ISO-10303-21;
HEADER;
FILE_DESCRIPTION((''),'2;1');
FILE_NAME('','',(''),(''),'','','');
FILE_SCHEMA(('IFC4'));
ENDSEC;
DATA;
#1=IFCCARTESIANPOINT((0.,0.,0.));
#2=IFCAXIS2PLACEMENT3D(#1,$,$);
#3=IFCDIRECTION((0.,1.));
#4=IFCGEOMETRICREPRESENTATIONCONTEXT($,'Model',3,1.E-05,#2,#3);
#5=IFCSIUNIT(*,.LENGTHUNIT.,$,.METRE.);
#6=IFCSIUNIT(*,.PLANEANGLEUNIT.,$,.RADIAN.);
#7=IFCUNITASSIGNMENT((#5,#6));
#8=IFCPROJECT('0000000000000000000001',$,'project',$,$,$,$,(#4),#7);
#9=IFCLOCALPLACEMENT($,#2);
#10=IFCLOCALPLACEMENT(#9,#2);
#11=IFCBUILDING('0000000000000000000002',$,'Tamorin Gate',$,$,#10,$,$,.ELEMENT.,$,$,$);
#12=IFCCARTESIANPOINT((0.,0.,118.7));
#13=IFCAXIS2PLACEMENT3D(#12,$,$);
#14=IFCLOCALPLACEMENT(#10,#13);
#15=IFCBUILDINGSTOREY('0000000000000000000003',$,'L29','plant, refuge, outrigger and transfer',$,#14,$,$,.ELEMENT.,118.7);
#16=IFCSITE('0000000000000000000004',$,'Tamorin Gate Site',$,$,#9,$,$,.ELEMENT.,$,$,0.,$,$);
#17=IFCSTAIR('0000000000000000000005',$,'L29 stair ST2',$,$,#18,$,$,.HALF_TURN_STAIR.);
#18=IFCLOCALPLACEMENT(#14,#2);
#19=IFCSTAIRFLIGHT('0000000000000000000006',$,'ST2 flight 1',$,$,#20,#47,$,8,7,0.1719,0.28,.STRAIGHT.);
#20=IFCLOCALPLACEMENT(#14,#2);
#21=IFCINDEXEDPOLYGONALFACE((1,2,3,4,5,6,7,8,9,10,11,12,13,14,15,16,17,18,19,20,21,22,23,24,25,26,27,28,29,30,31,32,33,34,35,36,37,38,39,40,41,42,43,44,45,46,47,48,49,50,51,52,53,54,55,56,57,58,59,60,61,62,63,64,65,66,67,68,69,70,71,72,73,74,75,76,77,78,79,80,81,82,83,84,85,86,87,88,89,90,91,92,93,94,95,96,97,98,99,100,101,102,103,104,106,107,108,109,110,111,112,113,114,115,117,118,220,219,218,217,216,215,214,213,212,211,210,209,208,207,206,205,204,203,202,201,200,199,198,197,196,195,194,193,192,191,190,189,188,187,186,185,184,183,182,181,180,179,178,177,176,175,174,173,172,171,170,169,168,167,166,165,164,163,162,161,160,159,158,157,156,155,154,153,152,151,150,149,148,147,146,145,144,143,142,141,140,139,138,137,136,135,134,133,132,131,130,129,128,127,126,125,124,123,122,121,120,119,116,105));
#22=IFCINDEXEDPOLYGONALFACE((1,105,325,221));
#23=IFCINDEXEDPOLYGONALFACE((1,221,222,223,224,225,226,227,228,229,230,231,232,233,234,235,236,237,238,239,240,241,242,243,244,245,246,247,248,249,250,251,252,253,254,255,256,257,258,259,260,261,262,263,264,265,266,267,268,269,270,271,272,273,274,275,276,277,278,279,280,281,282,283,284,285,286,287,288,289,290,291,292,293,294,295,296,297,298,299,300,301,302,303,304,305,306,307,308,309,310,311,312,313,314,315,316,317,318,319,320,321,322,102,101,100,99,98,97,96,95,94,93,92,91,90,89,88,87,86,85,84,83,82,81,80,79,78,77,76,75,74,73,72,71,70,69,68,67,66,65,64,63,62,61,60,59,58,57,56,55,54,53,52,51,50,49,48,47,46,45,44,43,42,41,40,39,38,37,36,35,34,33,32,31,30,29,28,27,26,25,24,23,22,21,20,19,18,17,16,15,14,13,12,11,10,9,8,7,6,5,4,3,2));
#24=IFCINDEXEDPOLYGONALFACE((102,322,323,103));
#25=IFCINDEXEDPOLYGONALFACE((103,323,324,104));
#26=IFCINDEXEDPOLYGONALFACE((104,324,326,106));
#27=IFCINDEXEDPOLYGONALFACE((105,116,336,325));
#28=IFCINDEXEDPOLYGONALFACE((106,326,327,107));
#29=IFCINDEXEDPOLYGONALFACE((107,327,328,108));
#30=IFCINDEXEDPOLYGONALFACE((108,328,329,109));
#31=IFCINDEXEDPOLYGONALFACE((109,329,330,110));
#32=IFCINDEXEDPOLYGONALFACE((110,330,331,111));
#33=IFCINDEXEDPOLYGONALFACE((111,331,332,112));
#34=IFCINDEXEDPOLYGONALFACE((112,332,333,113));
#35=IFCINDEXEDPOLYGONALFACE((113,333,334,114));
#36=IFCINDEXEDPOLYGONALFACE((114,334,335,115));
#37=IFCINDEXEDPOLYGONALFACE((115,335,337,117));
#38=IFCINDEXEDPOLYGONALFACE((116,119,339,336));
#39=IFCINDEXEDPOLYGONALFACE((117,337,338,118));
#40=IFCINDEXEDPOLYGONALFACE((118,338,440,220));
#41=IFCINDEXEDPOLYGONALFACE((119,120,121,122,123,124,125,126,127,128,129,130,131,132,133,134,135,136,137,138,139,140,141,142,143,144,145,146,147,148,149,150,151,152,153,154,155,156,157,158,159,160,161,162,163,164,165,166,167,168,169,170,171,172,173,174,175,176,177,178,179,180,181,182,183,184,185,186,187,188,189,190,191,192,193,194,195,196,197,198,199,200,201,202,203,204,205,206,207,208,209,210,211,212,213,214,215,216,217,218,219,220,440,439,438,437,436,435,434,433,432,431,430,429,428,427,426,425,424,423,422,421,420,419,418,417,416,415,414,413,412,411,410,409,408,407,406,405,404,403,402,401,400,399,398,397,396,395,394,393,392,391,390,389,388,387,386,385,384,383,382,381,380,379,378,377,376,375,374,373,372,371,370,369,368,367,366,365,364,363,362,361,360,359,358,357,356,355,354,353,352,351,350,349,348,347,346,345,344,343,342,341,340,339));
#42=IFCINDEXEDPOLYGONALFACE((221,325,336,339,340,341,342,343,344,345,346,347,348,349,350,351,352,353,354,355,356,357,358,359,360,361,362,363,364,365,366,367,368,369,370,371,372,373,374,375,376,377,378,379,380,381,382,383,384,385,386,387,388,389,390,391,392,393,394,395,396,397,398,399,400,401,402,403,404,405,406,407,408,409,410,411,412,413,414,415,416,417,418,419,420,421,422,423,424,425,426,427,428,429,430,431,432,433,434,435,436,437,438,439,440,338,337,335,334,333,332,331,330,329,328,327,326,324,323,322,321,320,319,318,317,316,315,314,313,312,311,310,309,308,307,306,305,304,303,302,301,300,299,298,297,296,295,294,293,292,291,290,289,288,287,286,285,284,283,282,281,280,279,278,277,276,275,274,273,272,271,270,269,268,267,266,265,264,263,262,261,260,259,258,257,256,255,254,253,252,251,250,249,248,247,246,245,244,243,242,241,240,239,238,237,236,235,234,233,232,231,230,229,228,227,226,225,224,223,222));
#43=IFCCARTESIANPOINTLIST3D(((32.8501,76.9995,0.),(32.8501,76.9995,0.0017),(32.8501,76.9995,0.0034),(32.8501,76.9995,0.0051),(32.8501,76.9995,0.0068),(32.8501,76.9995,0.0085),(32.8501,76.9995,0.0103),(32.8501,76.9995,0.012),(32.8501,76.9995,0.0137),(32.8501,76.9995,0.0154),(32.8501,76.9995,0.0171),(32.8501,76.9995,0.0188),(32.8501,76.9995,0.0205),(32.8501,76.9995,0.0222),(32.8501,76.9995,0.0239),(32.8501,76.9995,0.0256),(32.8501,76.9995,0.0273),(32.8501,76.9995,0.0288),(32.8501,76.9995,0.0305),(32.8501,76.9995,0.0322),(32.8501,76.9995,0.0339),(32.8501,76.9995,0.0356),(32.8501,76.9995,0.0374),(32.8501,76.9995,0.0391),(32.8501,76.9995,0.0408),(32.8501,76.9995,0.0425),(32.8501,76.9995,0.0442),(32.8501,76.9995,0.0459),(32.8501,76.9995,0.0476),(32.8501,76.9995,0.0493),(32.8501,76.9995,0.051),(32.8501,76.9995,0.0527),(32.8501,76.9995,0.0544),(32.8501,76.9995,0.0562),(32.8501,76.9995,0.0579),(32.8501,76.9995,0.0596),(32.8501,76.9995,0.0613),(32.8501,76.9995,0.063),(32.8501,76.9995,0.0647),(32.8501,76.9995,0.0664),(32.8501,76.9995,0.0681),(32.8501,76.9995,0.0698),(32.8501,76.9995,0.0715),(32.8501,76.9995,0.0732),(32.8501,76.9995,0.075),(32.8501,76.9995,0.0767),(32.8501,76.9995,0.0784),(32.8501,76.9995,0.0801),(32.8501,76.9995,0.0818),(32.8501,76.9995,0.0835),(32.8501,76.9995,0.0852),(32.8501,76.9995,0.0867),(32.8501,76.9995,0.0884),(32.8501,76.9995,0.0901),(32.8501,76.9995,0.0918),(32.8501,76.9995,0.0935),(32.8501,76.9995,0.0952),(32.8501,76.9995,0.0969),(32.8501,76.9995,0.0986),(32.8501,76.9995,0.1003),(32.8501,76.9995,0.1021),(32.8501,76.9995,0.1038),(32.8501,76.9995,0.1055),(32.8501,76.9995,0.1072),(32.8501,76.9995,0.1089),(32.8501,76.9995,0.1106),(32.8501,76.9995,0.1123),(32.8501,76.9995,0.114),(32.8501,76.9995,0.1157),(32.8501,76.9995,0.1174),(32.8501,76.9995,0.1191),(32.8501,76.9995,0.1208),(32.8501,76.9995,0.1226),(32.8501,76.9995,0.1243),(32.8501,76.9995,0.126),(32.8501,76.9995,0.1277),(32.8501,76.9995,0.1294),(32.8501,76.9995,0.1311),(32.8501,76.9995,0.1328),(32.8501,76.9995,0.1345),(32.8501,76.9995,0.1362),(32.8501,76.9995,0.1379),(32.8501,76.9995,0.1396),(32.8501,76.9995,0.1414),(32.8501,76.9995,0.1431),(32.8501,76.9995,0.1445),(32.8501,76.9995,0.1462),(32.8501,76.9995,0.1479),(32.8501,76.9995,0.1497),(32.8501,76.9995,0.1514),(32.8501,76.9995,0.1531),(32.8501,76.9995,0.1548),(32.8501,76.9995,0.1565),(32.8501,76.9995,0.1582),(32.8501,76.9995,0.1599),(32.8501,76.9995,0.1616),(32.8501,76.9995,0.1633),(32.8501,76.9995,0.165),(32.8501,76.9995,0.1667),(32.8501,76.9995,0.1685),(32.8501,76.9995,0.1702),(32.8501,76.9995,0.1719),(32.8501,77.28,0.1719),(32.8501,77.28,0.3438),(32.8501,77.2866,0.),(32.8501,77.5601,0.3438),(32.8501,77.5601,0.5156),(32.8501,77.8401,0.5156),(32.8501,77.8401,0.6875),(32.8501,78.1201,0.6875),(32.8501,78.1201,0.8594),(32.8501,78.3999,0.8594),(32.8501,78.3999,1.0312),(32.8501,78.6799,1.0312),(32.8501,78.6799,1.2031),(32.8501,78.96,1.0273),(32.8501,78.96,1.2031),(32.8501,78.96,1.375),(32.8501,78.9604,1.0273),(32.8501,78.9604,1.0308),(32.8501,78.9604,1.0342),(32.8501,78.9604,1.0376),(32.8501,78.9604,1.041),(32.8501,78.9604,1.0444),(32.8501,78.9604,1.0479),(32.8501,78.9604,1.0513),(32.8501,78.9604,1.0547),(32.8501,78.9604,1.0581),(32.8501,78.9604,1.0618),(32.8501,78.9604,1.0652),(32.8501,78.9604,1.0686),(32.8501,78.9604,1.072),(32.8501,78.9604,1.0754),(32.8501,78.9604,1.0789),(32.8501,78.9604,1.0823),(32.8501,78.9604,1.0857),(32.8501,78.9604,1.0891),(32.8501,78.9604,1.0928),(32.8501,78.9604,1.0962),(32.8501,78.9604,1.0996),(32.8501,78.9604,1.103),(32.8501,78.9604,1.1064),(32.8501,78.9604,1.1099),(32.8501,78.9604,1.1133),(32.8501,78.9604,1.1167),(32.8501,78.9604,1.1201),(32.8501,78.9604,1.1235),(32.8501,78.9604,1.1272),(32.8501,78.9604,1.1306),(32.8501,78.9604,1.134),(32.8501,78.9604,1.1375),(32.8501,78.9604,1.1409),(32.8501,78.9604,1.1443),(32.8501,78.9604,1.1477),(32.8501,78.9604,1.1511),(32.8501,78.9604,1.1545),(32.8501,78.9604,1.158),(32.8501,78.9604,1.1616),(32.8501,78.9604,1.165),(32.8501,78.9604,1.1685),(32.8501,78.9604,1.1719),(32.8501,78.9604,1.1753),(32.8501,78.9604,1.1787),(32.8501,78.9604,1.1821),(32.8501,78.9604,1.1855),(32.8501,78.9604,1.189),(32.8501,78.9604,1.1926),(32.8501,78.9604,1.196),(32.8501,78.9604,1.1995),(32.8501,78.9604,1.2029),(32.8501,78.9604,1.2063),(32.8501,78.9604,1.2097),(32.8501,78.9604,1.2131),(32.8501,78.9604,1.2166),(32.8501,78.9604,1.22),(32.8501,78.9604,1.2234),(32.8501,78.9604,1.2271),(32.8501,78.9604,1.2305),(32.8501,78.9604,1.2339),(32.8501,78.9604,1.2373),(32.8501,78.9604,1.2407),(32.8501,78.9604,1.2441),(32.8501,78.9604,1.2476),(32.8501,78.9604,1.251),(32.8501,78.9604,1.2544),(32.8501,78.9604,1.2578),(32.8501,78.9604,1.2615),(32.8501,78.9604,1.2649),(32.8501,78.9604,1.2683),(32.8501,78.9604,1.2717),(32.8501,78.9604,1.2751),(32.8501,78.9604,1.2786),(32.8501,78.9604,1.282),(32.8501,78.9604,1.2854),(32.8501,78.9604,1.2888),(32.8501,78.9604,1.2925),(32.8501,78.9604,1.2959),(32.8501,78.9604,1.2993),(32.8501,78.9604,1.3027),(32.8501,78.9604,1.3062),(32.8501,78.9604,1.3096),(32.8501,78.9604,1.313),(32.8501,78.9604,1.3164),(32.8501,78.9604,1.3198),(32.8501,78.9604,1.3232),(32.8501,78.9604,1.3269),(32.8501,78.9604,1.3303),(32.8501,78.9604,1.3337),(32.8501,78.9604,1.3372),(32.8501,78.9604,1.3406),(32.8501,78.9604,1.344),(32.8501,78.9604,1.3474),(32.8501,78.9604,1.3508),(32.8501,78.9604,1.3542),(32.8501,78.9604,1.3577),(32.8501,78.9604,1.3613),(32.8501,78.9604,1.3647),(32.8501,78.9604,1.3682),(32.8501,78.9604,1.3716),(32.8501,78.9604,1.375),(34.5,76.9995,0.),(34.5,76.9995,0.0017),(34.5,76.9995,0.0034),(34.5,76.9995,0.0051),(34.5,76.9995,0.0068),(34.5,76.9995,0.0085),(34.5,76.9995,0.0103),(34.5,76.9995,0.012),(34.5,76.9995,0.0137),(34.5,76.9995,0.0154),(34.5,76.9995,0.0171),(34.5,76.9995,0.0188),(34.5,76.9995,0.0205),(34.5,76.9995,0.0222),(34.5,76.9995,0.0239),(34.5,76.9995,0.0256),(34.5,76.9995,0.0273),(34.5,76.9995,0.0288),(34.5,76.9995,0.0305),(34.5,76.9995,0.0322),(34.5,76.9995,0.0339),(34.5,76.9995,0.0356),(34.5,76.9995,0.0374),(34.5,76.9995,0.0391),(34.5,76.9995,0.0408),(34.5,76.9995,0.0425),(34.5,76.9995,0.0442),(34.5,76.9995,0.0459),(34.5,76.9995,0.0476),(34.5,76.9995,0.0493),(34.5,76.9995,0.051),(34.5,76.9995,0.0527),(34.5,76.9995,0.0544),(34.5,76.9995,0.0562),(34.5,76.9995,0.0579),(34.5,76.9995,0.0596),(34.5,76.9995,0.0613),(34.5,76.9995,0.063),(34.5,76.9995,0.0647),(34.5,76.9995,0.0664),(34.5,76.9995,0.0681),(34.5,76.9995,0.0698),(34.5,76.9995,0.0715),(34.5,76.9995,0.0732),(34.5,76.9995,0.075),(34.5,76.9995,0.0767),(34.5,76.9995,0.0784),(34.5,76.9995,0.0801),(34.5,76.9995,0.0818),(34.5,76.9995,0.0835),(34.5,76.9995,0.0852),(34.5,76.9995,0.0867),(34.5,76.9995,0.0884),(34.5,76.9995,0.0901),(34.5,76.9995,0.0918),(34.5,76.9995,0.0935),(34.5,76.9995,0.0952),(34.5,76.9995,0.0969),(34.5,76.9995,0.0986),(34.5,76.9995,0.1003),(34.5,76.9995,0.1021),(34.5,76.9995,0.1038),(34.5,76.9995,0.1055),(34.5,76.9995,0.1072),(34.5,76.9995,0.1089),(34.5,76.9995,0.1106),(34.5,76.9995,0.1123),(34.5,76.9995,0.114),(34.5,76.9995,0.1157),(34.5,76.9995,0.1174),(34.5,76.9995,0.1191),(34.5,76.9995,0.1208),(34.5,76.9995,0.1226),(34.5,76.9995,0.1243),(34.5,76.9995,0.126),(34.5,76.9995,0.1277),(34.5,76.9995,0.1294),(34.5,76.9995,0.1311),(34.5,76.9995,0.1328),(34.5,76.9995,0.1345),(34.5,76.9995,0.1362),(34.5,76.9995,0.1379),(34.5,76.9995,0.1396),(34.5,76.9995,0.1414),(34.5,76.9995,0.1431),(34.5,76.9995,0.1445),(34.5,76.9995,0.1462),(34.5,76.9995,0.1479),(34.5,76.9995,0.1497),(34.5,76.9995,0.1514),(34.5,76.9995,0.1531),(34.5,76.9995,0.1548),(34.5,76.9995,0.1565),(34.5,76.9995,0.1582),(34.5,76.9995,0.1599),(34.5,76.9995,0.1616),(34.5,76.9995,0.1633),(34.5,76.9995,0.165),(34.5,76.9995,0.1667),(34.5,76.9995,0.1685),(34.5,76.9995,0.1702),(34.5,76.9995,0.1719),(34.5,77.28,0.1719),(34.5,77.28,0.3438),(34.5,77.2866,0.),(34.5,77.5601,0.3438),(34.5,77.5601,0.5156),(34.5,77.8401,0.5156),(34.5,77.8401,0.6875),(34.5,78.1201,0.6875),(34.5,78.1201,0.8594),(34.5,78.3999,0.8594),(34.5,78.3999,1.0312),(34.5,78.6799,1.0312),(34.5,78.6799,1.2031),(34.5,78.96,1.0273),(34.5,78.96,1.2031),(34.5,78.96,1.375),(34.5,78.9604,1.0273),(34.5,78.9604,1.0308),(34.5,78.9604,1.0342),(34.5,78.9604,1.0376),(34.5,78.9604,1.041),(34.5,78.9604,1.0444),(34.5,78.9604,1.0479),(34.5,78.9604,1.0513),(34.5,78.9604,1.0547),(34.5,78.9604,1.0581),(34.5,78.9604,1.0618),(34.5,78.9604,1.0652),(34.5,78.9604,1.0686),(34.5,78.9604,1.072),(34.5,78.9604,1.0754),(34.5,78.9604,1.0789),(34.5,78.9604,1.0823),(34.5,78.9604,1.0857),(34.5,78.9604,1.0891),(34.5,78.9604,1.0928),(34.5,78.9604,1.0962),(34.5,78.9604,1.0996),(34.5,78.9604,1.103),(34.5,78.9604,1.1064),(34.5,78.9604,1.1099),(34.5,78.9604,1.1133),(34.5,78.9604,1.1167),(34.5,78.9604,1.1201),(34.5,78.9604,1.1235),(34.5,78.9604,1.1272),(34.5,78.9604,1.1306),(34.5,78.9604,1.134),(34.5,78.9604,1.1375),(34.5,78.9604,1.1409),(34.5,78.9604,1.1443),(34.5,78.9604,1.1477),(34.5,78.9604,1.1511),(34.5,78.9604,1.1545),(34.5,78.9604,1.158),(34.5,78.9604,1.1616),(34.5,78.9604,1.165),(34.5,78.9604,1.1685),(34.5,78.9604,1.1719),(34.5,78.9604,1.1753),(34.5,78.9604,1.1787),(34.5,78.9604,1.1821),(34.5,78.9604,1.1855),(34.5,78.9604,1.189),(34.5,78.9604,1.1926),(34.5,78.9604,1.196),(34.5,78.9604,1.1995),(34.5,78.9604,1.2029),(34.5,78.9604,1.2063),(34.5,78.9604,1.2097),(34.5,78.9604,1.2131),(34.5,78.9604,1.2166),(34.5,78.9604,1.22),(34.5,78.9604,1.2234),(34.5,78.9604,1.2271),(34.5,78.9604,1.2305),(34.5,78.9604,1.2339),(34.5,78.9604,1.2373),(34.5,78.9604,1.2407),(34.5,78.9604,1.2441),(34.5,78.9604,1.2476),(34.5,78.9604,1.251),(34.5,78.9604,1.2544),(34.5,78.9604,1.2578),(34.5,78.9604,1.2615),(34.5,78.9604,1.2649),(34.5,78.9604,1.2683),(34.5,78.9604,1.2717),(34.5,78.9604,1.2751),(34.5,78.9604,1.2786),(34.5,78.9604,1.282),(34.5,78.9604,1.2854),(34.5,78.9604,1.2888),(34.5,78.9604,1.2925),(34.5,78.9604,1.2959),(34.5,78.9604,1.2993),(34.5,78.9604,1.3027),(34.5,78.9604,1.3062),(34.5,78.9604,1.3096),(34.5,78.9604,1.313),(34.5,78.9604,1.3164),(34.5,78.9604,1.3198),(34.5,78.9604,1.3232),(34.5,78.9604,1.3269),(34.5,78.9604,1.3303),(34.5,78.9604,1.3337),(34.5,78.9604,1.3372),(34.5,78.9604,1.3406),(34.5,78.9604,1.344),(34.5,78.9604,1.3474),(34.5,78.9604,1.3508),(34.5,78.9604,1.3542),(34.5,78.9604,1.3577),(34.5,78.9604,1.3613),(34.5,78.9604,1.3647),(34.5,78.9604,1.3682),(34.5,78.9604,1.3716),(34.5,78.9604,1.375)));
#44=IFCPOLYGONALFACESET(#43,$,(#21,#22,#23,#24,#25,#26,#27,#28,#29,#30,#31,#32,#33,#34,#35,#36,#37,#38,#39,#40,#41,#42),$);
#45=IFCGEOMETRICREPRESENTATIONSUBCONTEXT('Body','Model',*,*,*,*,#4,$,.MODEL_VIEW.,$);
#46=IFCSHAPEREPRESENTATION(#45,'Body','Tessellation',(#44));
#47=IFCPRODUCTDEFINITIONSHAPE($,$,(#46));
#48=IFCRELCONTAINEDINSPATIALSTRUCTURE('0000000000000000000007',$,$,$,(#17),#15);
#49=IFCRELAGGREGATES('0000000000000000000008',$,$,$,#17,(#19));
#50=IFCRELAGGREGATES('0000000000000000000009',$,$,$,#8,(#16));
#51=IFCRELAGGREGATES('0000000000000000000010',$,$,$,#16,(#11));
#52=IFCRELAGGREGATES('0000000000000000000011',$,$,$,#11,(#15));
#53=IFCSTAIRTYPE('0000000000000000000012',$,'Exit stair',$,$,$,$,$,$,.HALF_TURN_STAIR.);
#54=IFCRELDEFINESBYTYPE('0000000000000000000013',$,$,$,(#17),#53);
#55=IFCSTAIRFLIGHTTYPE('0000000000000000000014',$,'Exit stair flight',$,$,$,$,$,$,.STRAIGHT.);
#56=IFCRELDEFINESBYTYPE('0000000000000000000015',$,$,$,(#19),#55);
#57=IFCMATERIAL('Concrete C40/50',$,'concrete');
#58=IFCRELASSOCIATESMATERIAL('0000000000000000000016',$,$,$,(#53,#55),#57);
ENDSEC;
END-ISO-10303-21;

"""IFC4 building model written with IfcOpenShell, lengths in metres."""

from ifc_helpers import new_model, si_unit, direction, frame, origin, place, context, subcontext, project, spatial, polyline, outline, extrude, material, type_object, element, aggregate, save


model = new_model("IFC4")

# Units and contexts
model_context = context("Model", 3, precision=1e-05, world=origin(), true_north=direction((0.0, 1.0)))
body_context = subcontext(model_context, "Body", "Model", "MODEL_VIEW")
ifc_project = project(units=[si_unit("LENGTHUNIT", "METRE"), si_unit("PLANEANGLEUNIT", "RADIAN")], contexts=[model_context])

# Site, building, storey
site_placement = place(None, origin())
site = spatial("IfcSite", under=ifc_project, at=site_placement, Name="Tamorin Gate Site", CompositionType="ELEMENT", RefElevation=0.0)
building_placement = place(site_placement, origin())
building = spatial("IfcBuilding", under=site, at=building_placement, Name="Tamorin Gate", CompositionType="ELEMENT")
storey_placement = place(building_placement, frame((0.0, 0.0, 118.7)))
storey = spatial("IfcBuildingStorey", under=building, at=storey_placement, Name="L29", Description="plant, refuge, outrigger and transfer", CompositionType="ELEMENT", Elevation=118.7)

# Shared definitions
ifc_material_1 = material(Name="Concrete C40/50", Category="concrete")

# Stair, stair flight
stair_type = type_object("IfcStairType", Name="Exit stair", PredefinedType="HALF_TURN_STAIR", material=ifc_material_1)
stair_placement = place(storey_placement, origin())
stair = element("IfcStair", 1, at=stair_placement, inside=storey, type_object=stair_type, Name="L29 stair ST2", PredefinedType="HALF_TURN_STAIR")
stair_flight_type = type_object("IfcStairFlightType", Name="Exit stair flight", PredefinedType="STRAIGHT", material=ifc_material_1)
stair_flight_1_placement = place(storey_placement, frame((33.675, 77.0, 0.0), z_axis=(0.0, 0.0, 1.0), x_axis=(0.0, 1.0, 0.0)))
stair_flight_1 = element("IfcStairFlight", 2, at=stair_flight_1_placement, type_object=stair_flight_type, Name="ST2 flight 1", NumberOfRisers=8, NumberOfTreads=7, PredefinedType="STRAIGHT", RiserHeight=0.1719, TreadLength=0.28, context=body_context, shape_type="SweptSolid", body=[
    extrude(outline(polyline([(-0.0005, 0.0), (-0.0005, 0.0017), (-0.0005, 0.0034), (-0.0005, 0.0051), (-0.0005, 0.0068), (-0.0005, 0.0085), (-0.0005, 0.0103), (-0.0005, 0.012), (-0.0005, 0.0137), (-0.0005, 0.0154), (-0.0005, 0.0171), (-0.0005, 0.0188), (-0.0005, 0.0205), (-0.0005, 0.0222), (-0.0005, 0.0239), (-0.0005, 0.0256), (-0.0005, 0.0273), (-0.0005, 0.0288), (-0.0005, 0.0305), (-0.0005, 0.0322), (-0.0005, 0.0339), (-0.0005, 0.0356), (-0.0005, 0.0374), (-0.0005, 0.0391), (-0.0005, 0.0408), (-0.0005, 0.0425), (-0.0005, 0.0442), (-0.0005, 0.0459), (-0.0005, 0.0476), (-0.0005, 0.0493), (-0.0005, 0.051), (-0.0005, 0.0527), (-0.0005, 0.0544), (-0.0005, 0.0562), (-0.0005, 0.0579), (-0.0005, 0.0596), (-0.0005, 0.0613), (-0.0005, 0.063), (-0.0005, 0.0647), (-0.0005, 0.0664), (-0.0005, 0.0681), (-0.0005, 0.0698), (-0.0005, 0.0715), (-0.0005, 0.0732), (-0.0005, 0.075), (-0.0005, 0.0767), (-0.0005, 0.0784), (-0.0005, 0.0801), (-0.0005, 0.0818), (-0.0005, 0.0835), (-0.0005, 0.0852), (-0.0005, 0.0867), (-0.0005, 0.0884), (-0.0005, 0.0901), (-0.0005, 0.0918), (-0.0005, 0.0935), (-0.0005, 0.0952), (-0.0005, 0.0969), (-0.0005, 0.0986), (-0.0005, 0.1003), (-0.0005, 0.1021), (-0.0005, 0.1038), (-0.0005, 0.1055), (-0.0005, 0.1072), (-0.0005, 0.1089), (-0.0005, 0.1106), (-0.0005, 0.1123), (-0.0005, 0.114), (-0.0005, 0.1157), (-0.0005, 0.1174), (-0.0005, 0.1191), (-0.0005, 0.1208), (-0.0005, 0.1226), (-0.0005, 0.1243), (-0.0005, 0.126), (-0.0005, 0.1277), (-0.0005, 0.1294), (-0.0005, 0.1311), (-0.0005, 0.1328), (-0.0005, 0.1345), (-0.0005, 0.1362), (-0.0005, 0.1379), (-0.0005, 0.1396), (-0.0005, 0.1414), (-0.0005, 0.1431), (-0.0005, 0.1445), (-0.0005, 0.1462), (-0.0005, 0.1479), (-0.0005, 0.1497), (-0.0005, 0.1514), (-0.0005, 0.1531), (-0.0005, 0.1548), (-0.0005, 0.1565), (-0.0005, 0.1582), (-0.0005, 0.1599), (-0.0005, 0.1616), (-0.0005, 0.1633), (-0.0005, 0.165), (-0.0005, 0.1667), (-0.0005, 0.1685), (-0.0005, 0.1702), (-0.0005, 0.1719), (0.28, 0.1719), (0.28, 0.3438), (0.5601, 0.3438), (0.5601, 0.5156), (0.8401, 0.5156), (0.8401, 0.6875), (1.1201, 0.6875), (1.1201, 0.8594), (1.3999, 0.8594), (1.3999, 1.0312), (1.6799, 1.0312), (1.6799, 1.2031), (1.96, 1.2031), (1.96, 1.375), (1.9604, 1.375), (1.9604, 1.3716), (1.9604, 1.3682), (1.9604, 1.3647), (1.9604, 1.3613), (1.9604, 1.3577), (1.9604, 1.3542), (1.9604, 1.3508), (1.9604, 1.3474), (1.9604, 1.344), (1.9604, 1.3406), (1.9604, 1.3372), (1.9604, 1.3337), (1.9604, 1.3303), (1.9604, 1.3269), (1.9604, 1.3232), (1.9604, 1.3198), (1.9604, 1.3164), (1.9604, 1.313), (1.9604, 1.3096), (1.9604, 1.3062), (1.9604, 1.3027), (1.9604, 1.2993), (1.9604, 1.2959), (1.9604, 1.2925), (1.9604, 1.2888), (1.9604, 1.2854), (1.9604, 1.282), (1.9604, 1.2786), (1.9604, 1.2751), (1.9604, 1.2717), (1.9604, 1.2683), (1.9604, 1.2649), (1.9604, 1.2615), (1.9604, 1.2578), (1.9604, 1.2544), (1.9604, 1.251), (1.9604, 1.2476), (1.9604, 1.2441), (1.9604, 1.2407), (1.9604, 1.2373), (1.9604, 1.2339), (1.9604, 1.2305), (1.9604, 1.2271), (1.9604, 1.2234), (1.9604, 1.22), (1.9604, 1.2166), (1.9604, 1.2131), (1.9604, 1.2097), (1.9604, 1.2063), (1.9604, 1.2029), (1.9604, 1.1995), (1.9604, 1.196), (1.9604, 1.1926), (1.9604, 1.189), (1.9604, 1.1855), (1.9604, 1.1821), (1.9604, 1.1787), (1.9604, 1.1753), (1.9604, 1.1719), (1.9604, 1.1685), (1.9604, 1.165), (1.9604, 1.1616), (1.9604, 1.158), (1.9604, 1.1545), (1.9604, 1.1511), (1.9604, 1.1477), (1.9604, 1.1443), (1.9604, 1.1409), (1.9604, 1.1375), (1.9604, 1.134), (1.9604, 1.1306), (1.9604, 1.1272), (1.9604, 1.1235), (1.9604, 1.1201), (1.9604, 1.1167), (1.9604, 1.1133), (1.9604, 1.1099), (1.9604, 1.1064), (1.9604, 1.103), (1.9604, 1.0996), (1.9604, 1.0962), (1.9604, 1.0928), (1.9604, 1.0891), (1.9604, 1.0857), (1.9604, 1.0823), (1.9604, 1.0789), (1.9604, 1.0754), (1.9604, 1.072), (1.9604, 1.0686), (1.9604, 1.0652), (1.9604, 1.0618), (1.9604, 1.0581), (1.9604, 1.0547), (1.9604, 1.0513), (1.9604, 1.0479), (1.9604, 1.0444), (1.9604, 1.041), (1.9604, 1.0376), (1.9604, 1.0342), (1.9604, 1.0308), (1.9604, 1.0273), (1.96, 1.0273), (0.2866, 0.0), (-0.0005, 0.0)])), frame((0.0, 0.825, 0.0), z_axis=(0.0, -1.0, 0.0), x_axis=(1.0, 0.0, 0.0)), (0.0, 0.0, 1.0), 1.6499),
])
aggregate(stair, [stair_flight_1])

save(model, "model.ifc")
